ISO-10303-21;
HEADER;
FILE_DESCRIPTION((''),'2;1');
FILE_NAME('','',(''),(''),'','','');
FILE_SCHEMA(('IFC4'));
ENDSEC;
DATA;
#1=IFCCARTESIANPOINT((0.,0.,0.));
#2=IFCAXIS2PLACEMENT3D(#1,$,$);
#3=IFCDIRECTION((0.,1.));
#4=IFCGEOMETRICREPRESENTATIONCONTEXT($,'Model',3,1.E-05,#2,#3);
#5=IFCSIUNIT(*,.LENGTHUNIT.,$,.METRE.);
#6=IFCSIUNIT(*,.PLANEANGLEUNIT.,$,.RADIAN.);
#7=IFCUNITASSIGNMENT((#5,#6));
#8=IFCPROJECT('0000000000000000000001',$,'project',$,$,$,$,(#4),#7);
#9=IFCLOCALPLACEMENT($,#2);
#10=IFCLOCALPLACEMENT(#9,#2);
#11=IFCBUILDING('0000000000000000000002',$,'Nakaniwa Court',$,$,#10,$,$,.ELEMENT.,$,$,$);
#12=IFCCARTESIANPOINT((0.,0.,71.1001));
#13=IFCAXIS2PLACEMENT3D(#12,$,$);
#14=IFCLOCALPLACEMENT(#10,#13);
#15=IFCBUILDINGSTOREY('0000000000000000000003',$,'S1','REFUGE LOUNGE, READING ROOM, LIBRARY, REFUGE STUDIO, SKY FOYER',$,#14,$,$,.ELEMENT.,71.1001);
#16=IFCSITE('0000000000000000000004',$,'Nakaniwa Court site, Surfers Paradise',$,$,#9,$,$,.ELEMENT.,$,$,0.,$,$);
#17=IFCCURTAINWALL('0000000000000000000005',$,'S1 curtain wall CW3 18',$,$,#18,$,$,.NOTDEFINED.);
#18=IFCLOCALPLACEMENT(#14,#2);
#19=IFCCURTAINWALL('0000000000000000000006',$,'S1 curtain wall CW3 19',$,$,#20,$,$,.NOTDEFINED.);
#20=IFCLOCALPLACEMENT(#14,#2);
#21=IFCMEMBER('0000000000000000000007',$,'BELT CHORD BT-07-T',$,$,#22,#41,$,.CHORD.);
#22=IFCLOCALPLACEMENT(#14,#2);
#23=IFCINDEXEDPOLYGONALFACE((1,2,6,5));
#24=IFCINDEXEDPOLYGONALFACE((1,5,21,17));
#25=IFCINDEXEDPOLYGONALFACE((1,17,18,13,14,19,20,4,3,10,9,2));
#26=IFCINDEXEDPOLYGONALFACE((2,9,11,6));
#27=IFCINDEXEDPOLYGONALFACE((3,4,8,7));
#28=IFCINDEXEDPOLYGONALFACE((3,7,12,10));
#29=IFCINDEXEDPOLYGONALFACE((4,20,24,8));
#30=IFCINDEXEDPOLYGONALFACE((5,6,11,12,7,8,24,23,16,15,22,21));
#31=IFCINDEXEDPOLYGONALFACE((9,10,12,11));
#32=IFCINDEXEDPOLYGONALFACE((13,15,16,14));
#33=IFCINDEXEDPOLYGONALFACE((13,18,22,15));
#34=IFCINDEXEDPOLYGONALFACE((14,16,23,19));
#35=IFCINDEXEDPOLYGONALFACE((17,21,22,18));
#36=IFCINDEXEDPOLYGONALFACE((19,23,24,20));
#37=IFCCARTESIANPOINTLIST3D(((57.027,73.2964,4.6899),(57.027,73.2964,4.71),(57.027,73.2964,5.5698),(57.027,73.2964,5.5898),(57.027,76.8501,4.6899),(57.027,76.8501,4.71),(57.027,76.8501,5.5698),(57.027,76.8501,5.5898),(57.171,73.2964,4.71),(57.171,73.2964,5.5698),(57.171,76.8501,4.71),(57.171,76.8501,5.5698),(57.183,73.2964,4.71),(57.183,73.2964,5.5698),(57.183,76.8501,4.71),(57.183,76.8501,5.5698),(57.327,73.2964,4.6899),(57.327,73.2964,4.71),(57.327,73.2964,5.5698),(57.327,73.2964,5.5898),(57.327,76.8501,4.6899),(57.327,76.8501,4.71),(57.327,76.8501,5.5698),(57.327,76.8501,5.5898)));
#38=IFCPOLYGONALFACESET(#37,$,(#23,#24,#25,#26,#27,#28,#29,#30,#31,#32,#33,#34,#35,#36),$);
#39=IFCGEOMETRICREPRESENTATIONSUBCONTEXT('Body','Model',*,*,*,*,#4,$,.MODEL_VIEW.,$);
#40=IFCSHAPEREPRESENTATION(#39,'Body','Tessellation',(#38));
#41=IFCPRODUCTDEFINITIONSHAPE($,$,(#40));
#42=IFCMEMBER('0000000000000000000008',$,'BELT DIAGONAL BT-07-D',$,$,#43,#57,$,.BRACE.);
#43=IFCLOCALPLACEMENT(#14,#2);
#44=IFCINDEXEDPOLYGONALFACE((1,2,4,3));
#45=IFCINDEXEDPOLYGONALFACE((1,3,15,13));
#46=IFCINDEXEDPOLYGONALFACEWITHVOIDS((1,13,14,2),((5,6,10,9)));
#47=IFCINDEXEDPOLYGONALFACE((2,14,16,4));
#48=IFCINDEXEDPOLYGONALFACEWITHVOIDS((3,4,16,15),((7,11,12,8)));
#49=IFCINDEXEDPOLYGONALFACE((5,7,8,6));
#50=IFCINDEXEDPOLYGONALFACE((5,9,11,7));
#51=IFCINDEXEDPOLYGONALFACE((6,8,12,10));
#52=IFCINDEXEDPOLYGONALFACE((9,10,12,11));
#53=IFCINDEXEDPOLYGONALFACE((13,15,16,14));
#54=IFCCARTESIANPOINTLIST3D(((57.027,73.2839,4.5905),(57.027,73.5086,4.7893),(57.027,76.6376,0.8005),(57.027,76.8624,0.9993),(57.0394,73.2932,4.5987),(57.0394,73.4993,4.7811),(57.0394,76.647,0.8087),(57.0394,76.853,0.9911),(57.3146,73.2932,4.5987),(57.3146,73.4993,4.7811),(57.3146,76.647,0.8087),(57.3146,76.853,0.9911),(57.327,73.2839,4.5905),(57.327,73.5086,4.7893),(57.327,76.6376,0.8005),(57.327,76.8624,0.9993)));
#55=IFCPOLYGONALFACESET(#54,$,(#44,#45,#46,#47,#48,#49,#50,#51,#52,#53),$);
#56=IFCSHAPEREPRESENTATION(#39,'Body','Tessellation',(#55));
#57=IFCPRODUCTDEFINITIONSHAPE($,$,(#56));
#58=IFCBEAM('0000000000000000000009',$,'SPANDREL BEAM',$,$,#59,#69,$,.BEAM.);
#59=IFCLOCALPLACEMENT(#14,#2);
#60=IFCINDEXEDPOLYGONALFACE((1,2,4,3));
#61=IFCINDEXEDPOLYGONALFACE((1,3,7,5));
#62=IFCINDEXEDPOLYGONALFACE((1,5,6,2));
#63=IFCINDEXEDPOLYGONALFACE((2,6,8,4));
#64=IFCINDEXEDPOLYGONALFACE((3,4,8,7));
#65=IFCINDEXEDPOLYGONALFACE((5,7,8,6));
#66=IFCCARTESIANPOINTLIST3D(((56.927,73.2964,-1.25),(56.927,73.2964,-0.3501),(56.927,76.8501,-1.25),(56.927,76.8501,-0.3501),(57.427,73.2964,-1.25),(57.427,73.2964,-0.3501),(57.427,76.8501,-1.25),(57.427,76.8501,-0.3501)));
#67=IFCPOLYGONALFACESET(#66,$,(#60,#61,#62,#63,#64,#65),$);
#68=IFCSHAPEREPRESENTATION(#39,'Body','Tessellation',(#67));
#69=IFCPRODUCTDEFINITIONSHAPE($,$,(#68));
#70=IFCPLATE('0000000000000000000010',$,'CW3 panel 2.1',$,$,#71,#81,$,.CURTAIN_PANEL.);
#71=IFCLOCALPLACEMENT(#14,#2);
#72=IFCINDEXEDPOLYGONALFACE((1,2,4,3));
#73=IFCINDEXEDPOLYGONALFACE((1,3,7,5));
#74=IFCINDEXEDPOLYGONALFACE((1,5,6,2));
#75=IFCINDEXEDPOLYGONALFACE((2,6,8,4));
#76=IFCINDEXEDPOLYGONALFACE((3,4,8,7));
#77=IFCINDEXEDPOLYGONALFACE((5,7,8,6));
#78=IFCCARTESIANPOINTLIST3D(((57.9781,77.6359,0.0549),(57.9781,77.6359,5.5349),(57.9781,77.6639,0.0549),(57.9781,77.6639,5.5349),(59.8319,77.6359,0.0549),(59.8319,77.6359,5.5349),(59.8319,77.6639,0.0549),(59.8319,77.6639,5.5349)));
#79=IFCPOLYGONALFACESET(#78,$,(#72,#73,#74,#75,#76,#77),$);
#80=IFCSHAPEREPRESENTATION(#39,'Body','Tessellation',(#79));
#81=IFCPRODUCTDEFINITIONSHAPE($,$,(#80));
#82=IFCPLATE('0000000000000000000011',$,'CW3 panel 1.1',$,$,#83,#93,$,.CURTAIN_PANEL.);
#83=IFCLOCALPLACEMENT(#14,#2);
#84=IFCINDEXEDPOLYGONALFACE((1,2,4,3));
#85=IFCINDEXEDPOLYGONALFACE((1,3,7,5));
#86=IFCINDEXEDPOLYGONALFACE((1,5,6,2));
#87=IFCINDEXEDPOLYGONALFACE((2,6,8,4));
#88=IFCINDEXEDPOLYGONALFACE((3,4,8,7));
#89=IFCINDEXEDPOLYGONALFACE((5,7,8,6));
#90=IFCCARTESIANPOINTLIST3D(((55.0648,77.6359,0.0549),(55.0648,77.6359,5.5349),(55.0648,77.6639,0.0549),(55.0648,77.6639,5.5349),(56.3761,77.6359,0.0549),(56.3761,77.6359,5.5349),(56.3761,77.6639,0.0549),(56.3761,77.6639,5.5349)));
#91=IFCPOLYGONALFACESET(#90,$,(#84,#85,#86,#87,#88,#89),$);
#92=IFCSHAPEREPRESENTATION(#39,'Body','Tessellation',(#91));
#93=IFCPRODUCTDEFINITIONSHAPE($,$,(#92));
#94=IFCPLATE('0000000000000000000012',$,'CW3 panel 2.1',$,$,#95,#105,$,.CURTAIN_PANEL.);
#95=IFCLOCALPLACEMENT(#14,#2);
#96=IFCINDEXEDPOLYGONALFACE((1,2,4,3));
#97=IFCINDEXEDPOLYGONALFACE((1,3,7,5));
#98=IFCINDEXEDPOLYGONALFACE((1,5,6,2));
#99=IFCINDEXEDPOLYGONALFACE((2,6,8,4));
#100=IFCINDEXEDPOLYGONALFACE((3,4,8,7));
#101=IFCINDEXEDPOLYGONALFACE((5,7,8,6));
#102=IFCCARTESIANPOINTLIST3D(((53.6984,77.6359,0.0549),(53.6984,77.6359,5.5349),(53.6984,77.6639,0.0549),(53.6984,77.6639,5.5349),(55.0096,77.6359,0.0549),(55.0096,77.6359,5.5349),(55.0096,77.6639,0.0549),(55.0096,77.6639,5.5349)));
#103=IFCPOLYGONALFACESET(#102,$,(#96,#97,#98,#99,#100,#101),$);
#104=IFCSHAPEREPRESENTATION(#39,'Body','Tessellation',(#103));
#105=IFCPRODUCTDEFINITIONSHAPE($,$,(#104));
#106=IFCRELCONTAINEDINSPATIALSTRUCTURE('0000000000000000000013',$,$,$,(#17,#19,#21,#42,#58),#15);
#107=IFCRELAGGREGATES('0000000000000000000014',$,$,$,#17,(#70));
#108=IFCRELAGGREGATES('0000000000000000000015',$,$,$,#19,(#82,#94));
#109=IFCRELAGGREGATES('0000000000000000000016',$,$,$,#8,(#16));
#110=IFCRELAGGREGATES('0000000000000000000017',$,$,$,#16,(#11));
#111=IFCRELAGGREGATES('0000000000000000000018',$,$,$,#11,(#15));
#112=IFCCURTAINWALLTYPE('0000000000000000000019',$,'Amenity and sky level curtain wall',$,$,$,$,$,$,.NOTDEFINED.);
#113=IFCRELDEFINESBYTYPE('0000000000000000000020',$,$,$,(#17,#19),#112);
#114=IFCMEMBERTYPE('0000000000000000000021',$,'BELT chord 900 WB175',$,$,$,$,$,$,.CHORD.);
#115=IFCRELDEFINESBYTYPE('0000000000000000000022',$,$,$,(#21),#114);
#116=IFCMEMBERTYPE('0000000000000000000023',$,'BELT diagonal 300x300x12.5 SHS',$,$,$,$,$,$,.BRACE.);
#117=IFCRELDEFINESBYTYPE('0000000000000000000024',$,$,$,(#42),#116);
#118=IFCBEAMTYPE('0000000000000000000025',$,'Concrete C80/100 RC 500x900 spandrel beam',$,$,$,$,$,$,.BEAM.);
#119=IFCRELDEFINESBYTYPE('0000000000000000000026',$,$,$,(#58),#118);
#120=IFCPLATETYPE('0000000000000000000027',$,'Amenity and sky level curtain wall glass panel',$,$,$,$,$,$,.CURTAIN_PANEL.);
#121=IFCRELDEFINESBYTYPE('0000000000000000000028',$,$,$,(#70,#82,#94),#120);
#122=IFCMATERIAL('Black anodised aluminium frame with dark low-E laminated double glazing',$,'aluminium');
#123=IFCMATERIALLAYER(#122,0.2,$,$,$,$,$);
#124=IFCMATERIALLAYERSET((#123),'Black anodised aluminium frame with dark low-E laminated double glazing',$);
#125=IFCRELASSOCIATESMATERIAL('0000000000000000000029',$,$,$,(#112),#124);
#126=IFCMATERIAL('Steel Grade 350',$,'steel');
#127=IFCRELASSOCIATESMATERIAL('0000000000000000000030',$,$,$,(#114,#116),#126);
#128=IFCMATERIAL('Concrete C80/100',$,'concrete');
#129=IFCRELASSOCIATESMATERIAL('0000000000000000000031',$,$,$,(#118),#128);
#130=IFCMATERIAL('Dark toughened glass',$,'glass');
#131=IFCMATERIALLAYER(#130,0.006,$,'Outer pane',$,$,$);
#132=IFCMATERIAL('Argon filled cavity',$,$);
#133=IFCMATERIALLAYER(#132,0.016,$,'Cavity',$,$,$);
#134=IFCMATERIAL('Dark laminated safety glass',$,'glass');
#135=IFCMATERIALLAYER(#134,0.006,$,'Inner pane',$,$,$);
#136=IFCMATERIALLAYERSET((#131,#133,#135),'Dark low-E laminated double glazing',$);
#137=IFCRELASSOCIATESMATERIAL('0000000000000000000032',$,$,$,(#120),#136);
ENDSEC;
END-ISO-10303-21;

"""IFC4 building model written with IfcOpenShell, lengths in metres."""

from ifc_helpers import new_model, si_unit, direction, frame, origin, origin_2d, place, context, subcontext, project, spatial, rectangle, hollow_rectangle, i_section, extrude, material, layer, layer_set, material_profile, profile_set, type_object, element, aggregate, save


model = new_model("IFC4")

# Units and contexts
model_context = context("Model", 3, precision=1e-05, world=origin(), true_north=direction((0.0, 1.0)))
body_context = subcontext(model_context, "Body", "Model", "MODEL_VIEW")
ifc_project = project(units=[si_unit("LENGTHUNIT", "METRE"), si_unit("PLANEANGLEUNIT", "RADIAN")], contexts=[model_context])

# Site, building, storey
site_placement = place(None, origin())
site = spatial("IfcSite", under=ifc_project, at=site_placement, Name="Nakaniwa Court site, Surfers Paradise", CompositionType="ELEMENT", RefElevation=0.0)
building_placement = place(site_placement, origin())
building = spatial("IfcBuilding", under=site, at=building_placement, Name="Nakaniwa Court", CompositionType="ELEMENT")
storey_placement = place(building_placement, frame((0.0, 0.0, 71.1001)))
storey = spatial("IfcBuildingStorey", under=building, at=storey_placement, Name="S1", Description="REFUGE LOUNGE, READING ROOM, LIBRARY, REFUGE STUDIO, SKY FOYER", CompositionType="ELEMENT", Elevation=71.1001)

# Shared definitions
ifc_material_1 = material(Name="Concrete C80/100", Category="concrete")

# Curtain walls
ifc_material_2 = material(Name="Black anodised aluminium frame with dark low-E laminated double glazing", Category="aluminium")
ifc_layer_1 = layer(ifc_material_2, 0.2)
ifc_layer_set_1 = layer_set([ifc_layer_1], Name="Black anodised aluminium frame with dark low-E laminated double glazing")
curtain_wall_type = type_object("IfcCurtainWallType", Name="Amenity and sky level curtain wall", PredefinedType="NOTDEFINED", material=ifc_layer_set_1)
curtain_wall_1_placement = place(storey_placement, origin())
curtain_wall_1 = element("IfcCurtainWall", 1, at=curtain_wall_1_placement, inside=storey, type_object=curtain_wall_type, Name="S1 curtain wall CW3 18", PredefinedType="NOTDEFINED")
curtain_wall_2_placement = place(storey_placement, origin())
curtain_wall_2 = element("IfcCurtainWall", 2, at=curtain_wall_2_placement, inside=storey, type_object=curtain_wall_type, Name="S1 curtain wall CW3 19", PredefinedType="NOTDEFINED")

# Members
ifc_material_3 = material(Name="Steel Grade 350", Category="steel")
ifc_material_profile_1 = material_profile(ifc_material_3, i_section(OverallWidth=0.3, OverallDepth=0.8999, WebThickness=0.012, FlangeThickness=0.02, at=origin_2d()), Name="900WB175")
ifc_profile_set_1 = profile_set([ifc_material_profile_1], Name="Steel Grade 350")
member_type_1 = type_object("IfcMemberType", Name="BELT chord 900 WB175", PredefinedType="CHORD", material=ifc_profile_set_1)
for number, where, z_axis, x_axis, name in (
    (3, (57.177, 76.8501, 5.1399), (0.0, -1.0, 0.0), (1.0, 0.0, 0.0), "BELT CHORD BT-07-T"),
):
    element("IfcMember", number, at=place(storey_placement, frame(where, z_axis=z_axis, x_axis=x_axis)), inside=storey, type_object=member_type_1, Name=name, PredefinedType="CHORD", context=body_context, shape_type="SweptSolid", body=[
        extrude(i_section(OverallWidth=0.3, OverallDepth=0.8999, WebThickness=0.012, FlangeThickness=0.02, at=origin_2d()), origin(), (0.0, 0.0, 1.0), 3.5537),
    ])
ifc_material_profile_2 = material_profile(ifc_material_3, hollow_rectangle(XDim=0.3, YDim=0.3, WallThickness=0.0125, at=origin_2d()), Name="BELT diagonal 300x300x12.5 SHS")
ifc_profile_set_2 = profile_set([ifc_material_profile_2], Name="Steel Grade 350")
member_type_2 = type_object("IfcMemberType", Name="BELT diagonal 300x300x12.5 SHS", PredefinedType="BRACE", material=ifc_profile_set_2)
member_1_placement = place(storey_placement, frame((57.177, 76.75, 0.8999), z_axis=(0.0, -0.662688, 0.748895), x_axis=(1.0, 0.0, 0.0)))
element("IfcMember", 4, at=member_1_placement, inside=storey, type_object=member_type_2, Name="BELT DIAGONAL BT-07-D", PredefinedType="BRACE", context=body_context, shape_type="SweptSolid", body=[
    extrude(hollow_rectangle(XDim=0.3, YDim=0.3, WallThickness=0.0125, at=origin_2d()), origin(), (0.0, 0.0, 1.0), 5.0608),
])

# Beam
ifc_material_profile_3 = material_profile(ifc_material_1, rectangle(XDim=0.5, YDim=0.8999, at=origin_2d()), Name="Concrete C80/100 RC 500x900 spandrel beam")
ifc_profile_set_3 = profile_set([ifc_material_profile_3], Name="Concrete C80/100")
beam_type = type_object("IfcBeamType", Name="Concrete C80/100 RC 500x900 spandrel beam", PredefinedType="BEAM", material=ifc_profile_set_3)
beam_placement = place(storey_placement, frame((57.177, 76.8501, -0.8), z_axis=(0.0, -1.0, 0.0), x_axis=(1.0, 0.0, 0.0)))
element("IfcBeam", 5, at=beam_placement, inside=storey, type_object=beam_type, Name="SPANDREL BEAM", PredefinedType="BEAM", context=body_context, shape_type="SweptSolid", body=[
    extrude(rectangle(XDim=0.5, YDim=0.8999, at=origin_2d()), origin(), (0.0, 0.0, 1.0), 3.5537),
])

# Plates
ifc_material_4 = material(Name="Dark toughened glass", Category="glass")
ifc_layer_2 = layer(ifc_material_4, 0.006, Name="Outer pane")
ifc_material_5 = material(Name="Argon filled cavity")
ifc_layer_3 = layer(ifc_material_5, 0.016, Name="Cavity")
ifc_material_6 = material(Name="Dark laminated safety glass", Category="glass")
ifc_layer_4 = layer(ifc_material_6, 0.006, Name="Inner pane")
ifc_layer_set_2 = layer_set([ifc_layer_2, ifc_layer_3, ifc_layer_4], Name="Dark low-E laminated double glazing")
plate_type = type_object("IfcPlateType", Name="Amenity and sky level curtain wall glass panel", PredefinedType="CURTAIN_PANEL", material=ifc_layer_set_2)
plate_1_placement = place(storey_placement, frame((58.905, 77.6499, 0.0549), z_axis=(0.0, 0.0, 1.0), x_axis=(-1.0, 0.0, 0.0)))
plate_1 = element("IfcPlate", 6, at=plate_1_placement, type_object=plate_type, Name="CW3 panel 2.1", PredefinedType="CURTAIN_PANEL", context=body_context, shape_type="SweptSolid", body=[
    extrude(rectangle(XDim=1.8538, YDim=0.0281, at=origin_2d()), origin(), (0.0, 0.0, 1.0), 5.48),
])
aggregate(curtain_wall_1, [plate_1])
plate_2_placement = place(storey_placement, frame((55.7205, 77.6499, 0.0549), z_axis=(0.0, 0.0, 1.0), x_axis=(-1.0, 0.0, 0.0)))
plate_2 = element("IfcPlate", 7, at=plate_2_placement, type_object=plate_type, Name="CW3 panel 1.1", PredefinedType="CURTAIN_PANEL", context=body_context, shape_type="SweptSolid", body=[
    extrude(rectangle(XDim=1.3113, YDim=0.0281, at=origin_2d()), origin(), (0.0, 0.0, 1.0), 5.48),
])
plate_3_placement = place(storey_placement, frame((54.354, 77.6499, 0.0549), z_axis=(0.0, 0.0, 1.0), x_axis=(-1.0, 0.0, 0.0)))
plate_3 = element("IfcPlate", 8, at=plate_3_placement, type_object=plate_type, Name="CW3 panel 2.1", PredefinedType="CURTAIN_PANEL", context=body_context, shape_type="SweptSolid", body=[
    extrude(rectangle(XDim=1.3113, YDim=0.0281, at=origin_2d()), origin(), (0.0, 0.0, 1.0), 5.48),
])
aggregate(curtain_wall_2, [plate_2, plate_3])

save(model, "model.ifc")
